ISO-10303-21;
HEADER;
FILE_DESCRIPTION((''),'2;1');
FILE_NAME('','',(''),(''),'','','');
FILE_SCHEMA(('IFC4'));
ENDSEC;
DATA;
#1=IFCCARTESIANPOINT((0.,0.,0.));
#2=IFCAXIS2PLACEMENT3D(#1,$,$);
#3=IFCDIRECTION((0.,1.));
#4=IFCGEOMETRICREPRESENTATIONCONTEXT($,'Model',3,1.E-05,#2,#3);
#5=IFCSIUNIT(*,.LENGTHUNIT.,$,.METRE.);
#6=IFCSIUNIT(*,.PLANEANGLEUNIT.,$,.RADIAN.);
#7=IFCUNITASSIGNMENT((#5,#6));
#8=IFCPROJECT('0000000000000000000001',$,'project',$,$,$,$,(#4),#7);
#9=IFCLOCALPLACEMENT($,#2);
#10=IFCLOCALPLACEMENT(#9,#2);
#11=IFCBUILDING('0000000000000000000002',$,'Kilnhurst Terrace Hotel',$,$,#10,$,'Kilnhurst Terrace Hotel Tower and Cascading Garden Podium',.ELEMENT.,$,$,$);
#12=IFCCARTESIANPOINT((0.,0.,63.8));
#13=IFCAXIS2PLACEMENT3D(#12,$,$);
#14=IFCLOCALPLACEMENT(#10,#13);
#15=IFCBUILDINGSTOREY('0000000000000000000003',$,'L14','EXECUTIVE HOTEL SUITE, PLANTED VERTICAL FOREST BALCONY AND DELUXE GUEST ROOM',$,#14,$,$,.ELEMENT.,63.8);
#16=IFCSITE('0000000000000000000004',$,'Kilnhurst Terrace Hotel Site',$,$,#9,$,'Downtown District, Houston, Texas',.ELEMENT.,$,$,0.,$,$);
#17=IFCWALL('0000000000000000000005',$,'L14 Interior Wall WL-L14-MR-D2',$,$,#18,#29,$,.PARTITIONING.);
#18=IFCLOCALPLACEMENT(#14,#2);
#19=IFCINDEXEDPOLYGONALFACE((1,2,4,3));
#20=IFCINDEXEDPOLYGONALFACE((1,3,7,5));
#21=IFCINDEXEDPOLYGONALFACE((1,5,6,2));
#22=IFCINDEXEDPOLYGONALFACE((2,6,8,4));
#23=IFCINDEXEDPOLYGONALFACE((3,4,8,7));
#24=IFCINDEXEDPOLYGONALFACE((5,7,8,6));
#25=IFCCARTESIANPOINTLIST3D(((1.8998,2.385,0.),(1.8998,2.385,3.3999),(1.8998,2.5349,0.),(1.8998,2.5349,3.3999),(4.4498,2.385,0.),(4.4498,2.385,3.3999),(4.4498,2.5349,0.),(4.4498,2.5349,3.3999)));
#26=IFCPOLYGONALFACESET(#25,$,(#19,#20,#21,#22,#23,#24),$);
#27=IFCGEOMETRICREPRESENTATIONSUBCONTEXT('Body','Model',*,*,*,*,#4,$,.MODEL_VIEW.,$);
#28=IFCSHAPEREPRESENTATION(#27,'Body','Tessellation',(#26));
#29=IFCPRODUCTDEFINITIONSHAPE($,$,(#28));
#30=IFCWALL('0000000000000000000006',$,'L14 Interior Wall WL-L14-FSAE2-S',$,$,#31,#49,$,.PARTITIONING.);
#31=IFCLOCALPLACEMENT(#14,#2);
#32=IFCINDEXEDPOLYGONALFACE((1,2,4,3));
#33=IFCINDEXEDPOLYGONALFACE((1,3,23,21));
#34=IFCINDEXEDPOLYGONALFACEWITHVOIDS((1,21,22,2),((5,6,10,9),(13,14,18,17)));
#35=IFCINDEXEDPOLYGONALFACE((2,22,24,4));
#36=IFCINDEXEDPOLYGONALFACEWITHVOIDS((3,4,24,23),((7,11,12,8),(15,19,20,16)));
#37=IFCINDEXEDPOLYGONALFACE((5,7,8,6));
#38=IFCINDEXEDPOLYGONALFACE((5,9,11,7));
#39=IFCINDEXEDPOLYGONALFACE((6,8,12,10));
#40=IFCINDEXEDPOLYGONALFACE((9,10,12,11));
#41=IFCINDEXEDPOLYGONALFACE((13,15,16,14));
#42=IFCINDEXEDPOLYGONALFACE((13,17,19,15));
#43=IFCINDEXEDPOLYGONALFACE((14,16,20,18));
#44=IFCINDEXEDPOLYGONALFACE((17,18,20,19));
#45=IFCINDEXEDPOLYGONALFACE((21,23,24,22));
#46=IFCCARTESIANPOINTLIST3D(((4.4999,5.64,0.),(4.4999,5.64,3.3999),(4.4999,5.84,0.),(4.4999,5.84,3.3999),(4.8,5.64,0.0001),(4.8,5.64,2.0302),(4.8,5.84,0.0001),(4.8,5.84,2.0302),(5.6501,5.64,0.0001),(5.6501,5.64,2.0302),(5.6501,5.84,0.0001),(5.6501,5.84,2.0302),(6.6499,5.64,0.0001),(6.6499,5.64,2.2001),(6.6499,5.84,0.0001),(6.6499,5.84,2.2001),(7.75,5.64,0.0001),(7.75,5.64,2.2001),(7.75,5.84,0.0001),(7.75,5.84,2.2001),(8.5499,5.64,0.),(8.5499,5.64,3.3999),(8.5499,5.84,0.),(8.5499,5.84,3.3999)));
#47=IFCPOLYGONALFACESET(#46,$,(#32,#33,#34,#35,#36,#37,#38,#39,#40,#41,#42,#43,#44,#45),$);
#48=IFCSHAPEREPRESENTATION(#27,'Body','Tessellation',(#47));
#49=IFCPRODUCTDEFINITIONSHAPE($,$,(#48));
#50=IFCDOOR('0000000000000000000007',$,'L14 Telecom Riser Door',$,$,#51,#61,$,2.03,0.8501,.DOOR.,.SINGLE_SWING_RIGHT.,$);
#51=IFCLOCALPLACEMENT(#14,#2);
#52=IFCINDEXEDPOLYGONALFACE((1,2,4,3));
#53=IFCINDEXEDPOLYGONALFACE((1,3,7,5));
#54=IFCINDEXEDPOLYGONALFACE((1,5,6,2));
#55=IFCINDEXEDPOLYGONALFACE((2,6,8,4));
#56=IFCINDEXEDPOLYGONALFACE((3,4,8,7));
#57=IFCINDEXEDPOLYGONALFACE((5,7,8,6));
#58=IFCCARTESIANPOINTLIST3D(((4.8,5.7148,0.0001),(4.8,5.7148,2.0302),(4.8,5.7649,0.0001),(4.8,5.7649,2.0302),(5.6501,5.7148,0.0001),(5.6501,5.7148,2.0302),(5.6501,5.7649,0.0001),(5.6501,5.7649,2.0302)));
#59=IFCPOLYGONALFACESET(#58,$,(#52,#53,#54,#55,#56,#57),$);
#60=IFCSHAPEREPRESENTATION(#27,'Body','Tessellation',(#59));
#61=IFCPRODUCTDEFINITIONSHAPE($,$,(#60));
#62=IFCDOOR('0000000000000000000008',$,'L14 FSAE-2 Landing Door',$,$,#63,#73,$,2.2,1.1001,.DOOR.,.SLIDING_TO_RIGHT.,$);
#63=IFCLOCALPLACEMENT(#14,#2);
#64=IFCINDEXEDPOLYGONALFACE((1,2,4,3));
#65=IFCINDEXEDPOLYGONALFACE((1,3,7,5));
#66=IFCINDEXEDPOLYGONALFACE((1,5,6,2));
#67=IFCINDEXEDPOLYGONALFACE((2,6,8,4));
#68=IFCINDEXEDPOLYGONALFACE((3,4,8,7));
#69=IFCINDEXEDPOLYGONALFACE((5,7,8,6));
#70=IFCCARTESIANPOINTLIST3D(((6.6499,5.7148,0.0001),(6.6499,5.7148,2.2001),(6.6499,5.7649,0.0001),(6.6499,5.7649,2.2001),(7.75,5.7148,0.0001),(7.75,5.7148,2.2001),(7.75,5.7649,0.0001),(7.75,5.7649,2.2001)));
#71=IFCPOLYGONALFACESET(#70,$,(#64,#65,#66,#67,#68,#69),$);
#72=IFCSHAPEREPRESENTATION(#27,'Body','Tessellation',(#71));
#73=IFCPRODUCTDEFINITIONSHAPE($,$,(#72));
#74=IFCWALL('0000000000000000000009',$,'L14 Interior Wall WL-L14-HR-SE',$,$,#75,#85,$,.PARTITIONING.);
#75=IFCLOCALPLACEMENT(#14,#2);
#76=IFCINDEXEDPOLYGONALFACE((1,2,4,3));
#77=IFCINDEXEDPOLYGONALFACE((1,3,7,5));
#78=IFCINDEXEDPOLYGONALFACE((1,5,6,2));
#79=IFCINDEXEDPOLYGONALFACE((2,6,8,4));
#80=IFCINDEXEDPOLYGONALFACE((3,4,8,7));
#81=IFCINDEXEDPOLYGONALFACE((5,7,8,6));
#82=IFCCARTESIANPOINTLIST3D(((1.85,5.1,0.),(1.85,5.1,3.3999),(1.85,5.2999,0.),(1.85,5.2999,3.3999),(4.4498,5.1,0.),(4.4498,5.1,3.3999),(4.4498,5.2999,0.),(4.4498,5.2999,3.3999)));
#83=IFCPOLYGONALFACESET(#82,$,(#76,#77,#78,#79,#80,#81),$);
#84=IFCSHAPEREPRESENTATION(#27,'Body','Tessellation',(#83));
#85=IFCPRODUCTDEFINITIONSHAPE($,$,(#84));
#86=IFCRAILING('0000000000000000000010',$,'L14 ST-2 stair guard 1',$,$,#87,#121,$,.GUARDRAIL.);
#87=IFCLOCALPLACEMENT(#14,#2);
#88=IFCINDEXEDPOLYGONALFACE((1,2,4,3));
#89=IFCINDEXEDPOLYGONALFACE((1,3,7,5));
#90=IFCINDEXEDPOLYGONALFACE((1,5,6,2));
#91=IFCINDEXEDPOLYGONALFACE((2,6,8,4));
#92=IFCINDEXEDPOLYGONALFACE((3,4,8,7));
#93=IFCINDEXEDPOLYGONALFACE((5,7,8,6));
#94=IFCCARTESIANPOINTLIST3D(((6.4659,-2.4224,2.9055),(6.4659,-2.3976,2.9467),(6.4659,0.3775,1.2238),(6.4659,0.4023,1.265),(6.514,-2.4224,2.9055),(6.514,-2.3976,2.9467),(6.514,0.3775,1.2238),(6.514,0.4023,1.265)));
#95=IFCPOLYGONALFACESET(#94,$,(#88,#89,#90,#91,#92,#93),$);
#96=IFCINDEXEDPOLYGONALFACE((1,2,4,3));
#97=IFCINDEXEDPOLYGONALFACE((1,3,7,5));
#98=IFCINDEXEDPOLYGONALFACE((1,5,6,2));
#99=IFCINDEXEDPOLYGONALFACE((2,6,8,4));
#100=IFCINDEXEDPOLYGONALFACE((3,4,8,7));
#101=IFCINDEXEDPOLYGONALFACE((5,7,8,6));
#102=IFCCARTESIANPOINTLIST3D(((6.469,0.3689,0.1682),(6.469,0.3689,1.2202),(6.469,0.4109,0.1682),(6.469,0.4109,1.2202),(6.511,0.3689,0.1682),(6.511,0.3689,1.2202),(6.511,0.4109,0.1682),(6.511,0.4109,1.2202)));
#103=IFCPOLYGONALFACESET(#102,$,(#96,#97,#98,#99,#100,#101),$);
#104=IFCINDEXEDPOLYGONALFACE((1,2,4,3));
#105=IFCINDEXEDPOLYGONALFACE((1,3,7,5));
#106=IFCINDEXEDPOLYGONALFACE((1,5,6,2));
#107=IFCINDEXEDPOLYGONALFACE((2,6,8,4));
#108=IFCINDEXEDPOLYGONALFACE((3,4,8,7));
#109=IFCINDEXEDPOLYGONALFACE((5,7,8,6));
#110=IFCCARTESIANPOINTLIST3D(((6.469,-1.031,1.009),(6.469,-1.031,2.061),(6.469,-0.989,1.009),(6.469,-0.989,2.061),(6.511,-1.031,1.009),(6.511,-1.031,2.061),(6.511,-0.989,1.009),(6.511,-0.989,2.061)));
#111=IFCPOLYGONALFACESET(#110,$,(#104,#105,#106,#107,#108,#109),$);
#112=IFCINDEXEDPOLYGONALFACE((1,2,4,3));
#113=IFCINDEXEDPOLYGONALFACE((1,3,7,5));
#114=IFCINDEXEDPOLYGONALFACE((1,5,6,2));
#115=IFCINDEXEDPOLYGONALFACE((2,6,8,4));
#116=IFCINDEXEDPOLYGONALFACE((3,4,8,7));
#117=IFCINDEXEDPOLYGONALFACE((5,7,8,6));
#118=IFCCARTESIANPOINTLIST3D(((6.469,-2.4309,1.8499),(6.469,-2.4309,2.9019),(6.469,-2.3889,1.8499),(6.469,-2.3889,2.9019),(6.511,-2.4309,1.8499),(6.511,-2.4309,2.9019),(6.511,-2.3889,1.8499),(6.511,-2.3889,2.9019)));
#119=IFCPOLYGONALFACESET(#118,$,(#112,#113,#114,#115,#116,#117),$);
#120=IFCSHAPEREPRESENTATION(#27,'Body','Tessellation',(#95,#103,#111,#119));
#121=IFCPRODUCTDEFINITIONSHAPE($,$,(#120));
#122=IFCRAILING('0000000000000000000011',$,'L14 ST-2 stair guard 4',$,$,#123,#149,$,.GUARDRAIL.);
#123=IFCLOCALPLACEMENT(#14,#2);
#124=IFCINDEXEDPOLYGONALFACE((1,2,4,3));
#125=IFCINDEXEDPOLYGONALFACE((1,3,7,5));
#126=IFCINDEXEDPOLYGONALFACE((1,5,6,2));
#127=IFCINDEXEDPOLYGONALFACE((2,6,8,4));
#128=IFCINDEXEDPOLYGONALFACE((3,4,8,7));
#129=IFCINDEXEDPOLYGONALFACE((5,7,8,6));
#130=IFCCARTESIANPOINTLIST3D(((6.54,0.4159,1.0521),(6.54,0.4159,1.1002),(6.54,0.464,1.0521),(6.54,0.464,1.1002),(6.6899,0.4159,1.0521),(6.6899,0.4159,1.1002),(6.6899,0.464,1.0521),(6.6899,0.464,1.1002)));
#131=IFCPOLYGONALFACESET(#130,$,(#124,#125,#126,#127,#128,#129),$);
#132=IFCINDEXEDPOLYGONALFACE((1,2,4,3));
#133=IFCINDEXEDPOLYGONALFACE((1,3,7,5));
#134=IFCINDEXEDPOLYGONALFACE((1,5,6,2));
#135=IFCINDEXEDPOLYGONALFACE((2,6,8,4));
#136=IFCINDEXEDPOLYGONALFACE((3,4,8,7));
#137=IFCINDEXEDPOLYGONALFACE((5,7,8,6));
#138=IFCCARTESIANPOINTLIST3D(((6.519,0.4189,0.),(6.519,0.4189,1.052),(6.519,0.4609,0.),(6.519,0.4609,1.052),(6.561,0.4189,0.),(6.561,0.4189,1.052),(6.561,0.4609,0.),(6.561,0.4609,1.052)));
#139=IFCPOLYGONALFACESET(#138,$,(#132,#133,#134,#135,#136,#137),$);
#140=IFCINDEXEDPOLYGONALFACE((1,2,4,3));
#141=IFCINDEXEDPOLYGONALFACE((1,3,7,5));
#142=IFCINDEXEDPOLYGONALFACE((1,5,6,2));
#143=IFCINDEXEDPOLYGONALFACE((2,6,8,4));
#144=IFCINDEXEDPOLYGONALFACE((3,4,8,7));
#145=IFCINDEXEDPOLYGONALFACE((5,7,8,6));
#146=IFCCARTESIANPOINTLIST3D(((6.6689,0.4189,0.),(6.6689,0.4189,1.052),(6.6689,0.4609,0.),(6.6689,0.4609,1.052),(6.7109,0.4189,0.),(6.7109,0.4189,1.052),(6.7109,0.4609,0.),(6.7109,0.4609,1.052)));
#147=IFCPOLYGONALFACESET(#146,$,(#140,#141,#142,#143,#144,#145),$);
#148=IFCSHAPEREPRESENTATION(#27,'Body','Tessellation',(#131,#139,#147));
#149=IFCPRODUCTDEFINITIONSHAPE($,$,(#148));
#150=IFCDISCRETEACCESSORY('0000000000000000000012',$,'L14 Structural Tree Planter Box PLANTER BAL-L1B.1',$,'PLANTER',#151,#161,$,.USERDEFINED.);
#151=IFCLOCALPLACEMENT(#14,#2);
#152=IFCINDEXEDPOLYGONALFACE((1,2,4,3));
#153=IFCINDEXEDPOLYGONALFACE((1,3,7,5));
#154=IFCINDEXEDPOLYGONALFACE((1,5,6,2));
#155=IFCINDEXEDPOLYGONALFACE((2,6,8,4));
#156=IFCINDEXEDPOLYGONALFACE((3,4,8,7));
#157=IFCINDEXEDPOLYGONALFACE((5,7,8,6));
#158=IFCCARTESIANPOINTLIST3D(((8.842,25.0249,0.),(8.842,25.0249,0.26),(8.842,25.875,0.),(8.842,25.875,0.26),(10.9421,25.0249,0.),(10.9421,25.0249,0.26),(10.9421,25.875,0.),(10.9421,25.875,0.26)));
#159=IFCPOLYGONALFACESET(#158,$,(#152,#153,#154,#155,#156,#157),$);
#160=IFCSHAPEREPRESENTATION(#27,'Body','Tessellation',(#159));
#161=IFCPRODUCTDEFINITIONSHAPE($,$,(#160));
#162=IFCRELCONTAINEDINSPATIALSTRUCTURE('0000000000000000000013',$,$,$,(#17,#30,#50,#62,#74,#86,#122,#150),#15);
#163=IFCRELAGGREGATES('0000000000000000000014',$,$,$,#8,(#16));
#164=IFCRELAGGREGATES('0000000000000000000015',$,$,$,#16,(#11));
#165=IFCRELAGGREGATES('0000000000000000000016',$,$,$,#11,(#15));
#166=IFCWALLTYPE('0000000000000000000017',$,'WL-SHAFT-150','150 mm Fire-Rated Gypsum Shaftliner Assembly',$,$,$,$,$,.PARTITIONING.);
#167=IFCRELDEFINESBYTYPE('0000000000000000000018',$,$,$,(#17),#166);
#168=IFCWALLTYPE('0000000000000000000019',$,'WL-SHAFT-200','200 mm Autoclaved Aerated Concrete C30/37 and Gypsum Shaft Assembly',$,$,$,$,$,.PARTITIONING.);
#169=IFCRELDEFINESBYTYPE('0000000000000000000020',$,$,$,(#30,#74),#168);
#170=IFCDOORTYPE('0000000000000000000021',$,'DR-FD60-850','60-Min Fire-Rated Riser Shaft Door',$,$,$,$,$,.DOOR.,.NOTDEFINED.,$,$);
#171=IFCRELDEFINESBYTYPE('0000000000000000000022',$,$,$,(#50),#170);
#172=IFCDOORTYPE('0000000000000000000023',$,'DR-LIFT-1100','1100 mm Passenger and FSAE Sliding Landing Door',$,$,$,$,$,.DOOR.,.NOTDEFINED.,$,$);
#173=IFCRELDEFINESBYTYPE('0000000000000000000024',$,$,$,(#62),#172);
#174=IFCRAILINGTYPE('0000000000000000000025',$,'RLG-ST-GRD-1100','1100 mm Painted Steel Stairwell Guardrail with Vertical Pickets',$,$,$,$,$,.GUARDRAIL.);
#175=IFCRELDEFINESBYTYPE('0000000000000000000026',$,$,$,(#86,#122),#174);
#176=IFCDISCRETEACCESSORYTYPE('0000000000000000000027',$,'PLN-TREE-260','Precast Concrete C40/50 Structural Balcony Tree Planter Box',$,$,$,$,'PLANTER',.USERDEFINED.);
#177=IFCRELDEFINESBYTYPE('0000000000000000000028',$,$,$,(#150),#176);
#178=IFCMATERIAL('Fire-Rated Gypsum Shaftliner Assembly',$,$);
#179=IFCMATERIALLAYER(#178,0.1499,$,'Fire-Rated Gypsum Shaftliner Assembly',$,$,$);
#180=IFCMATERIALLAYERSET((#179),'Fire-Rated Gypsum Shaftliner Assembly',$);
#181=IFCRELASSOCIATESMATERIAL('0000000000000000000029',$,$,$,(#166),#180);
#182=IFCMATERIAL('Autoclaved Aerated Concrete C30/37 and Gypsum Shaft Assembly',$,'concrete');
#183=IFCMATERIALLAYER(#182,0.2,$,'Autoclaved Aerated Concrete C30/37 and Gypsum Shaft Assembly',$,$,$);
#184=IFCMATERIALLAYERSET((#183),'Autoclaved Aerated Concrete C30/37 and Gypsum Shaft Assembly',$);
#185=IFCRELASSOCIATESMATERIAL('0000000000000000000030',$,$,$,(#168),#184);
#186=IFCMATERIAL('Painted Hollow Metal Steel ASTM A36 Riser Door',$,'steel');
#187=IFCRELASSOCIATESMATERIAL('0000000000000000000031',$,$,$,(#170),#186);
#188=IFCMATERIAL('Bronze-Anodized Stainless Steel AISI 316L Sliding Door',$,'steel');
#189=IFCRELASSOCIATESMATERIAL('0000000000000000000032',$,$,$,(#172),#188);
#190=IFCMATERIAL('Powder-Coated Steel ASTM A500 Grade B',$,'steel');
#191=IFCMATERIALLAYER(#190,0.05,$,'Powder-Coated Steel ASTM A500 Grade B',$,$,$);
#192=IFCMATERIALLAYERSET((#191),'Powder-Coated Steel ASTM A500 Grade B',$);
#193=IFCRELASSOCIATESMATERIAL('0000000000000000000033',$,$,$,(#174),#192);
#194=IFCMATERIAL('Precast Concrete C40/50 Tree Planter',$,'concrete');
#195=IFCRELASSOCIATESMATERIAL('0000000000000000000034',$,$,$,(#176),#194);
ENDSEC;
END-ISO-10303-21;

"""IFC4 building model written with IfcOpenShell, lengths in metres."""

from ifc_helpers import new_model, si_unit, direction, frame, frame_2d, origin, origin_2d, place, context, subcontext, project, spatial, rectangle, extrude, material, layer, layer_set, type_object, element, fill, save


model = new_model("IFC4")

# Units and contexts
model_context = context("Model", 3, precision=1e-05, world=origin(), true_north=direction((0.0, 1.0)))
body_context = subcontext(model_context, "Body", "Model", "MODEL_VIEW")
ifc_project = project(units=[si_unit("LENGTHUNIT", "METRE"), si_unit("PLANEANGLEUNIT", "RADIAN")], contexts=[model_context])

# Site, building, storey
site_placement = place(None, origin())
site = spatial("IfcSite", under=ifc_project, at=site_placement, Name="Kilnhurst Terrace Hotel Site", LongName="Downtown District, Houston, Texas", CompositionType="ELEMENT", RefElevation=0.0)
building_placement = place(site_placement, origin())
building = spatial("IfcBuilding", under=site, at=building_placement, Name="Kilnhurst Terrace Hotel", LongName="Kilnhurst Terrace Hotel Tower and Cascading Garden Podium", CompositionType="ELEMENT")
storey_placement = place(building_placement, frame((0.0, 0.0, 63.8)))
storey = spatial("IfcBuildingStorey", under=building, at=storey_placement, Name="L14", Description="EXECUTIVE HOTEL SUITE, PLANTED VERTICAL FOREST BALCONY AND DELUXE GUEST ROOM", CompositionType="ELEMENT", Elevation=63.8)

# Wall
ifc_material_1 = material(Name="Fire-Rated Gypsum Shaftliner Assembly")
ifc_layer_1 = layer(ifc_material_1, 0.1499, Name="Fire-Rated Gypsum Shaftliner Assembly")
ifc_layer_set_1 = layer_set([ifc_layer_1], Name="Fire-Rated Gypsum Shaftliner Assembly")
wall_type_1 = type_object("IfcWallType", Name="WL-SHAFT-150", Description="150 mm Fire-Rated Gypsum Shaftliner Assembly", PredefinedType="PARTITIONING", material=ifc_layer_set_1)
for number, where, z_axis, x_axis, name in (
    (1, (1.8999, 2.46, 0.0), (0.0, 0.0, 1.0), (1.0, 0.0, 0.0), "L14 Interior Wall WL-L14-MR-D2"),
):
    element("IfcWall", number, at=place(storey_placement, frame(where, z_axis=z_axis, x_axis=x_axis)), inside=storey, type_object=wall_type_1, Name=name, PredefinedType="PARTITIONING", context=body_context, shape_type="SweptSolid", body=[
        extrude(rectangle(XDim=2.55, YDim=0.1499, at=frame_2d((1.2749, 0.0))), origin(), (0.0, 0.0, 1.0), 3.3999),
    ])

# Wall, openings, doors
ifc_material_2 = material(Name="Autoclaved Aerated Concrete C30/37 and Gypsum Shaft Assembly", Category="concrete")
ifc_layer_2 = layer(ifc_material_2, 0.2, Name="Autoclaved Aerated Concrete C30/37 and Gypsum Shaft Assembly")
ifc_layer_set_2 = layer_set([ifc_layer_2], Name="Autoclaved Aerated Concrete C30/37 and Gypsum Shaft Assembly")
wall_type_2 = type_object("IfcWallType", Name="WL-SHAFT-200", Description="200 mm Autoclaved Aerated Concrete C30/37 and Gypsum Shaft Assembly", PredefinedType="PARTITIONING", material=ifc_layer_set_2)
wall_1_placement = place(storey_placement, frame((4.5, 5.74, 0.0), z_axis=(0.0, 0.0, 1.0), x_axis=(1.0, 0.0, 0.0)))
wall_1 = element("IfcWall", 2, at=wall_1_placement, inside=storey, type_object=wall_type_2, Name="L14 Interior Wall WL-L14-FSAE2-S", PredefinedType="PARTITIONING", context=body_context, shape_type="SweptSolid", body=[
    extrude(rectangle(XDim=4.05, YDim=0.2, at=frame_2d((2.0249, 0.0))), origin(), (0.0, 0.0, 1.0), 3.3999),
])
opening_1_placement = place(wall_1_placement, frame((0.3, 0.0, 0.0)))
opening_1 = element("IfcOpeningElement", 3, at=opening_1_placement, cuts=wall_1, PredefinedType="OPENING", context=body_context, shape_type="SweptSolid", body=[
    extrude(rectangle(XDim=0.8501, YDim=2.03, at=frame_2d((0.425, 1.0151))), frame((0.0, 0.1099, 0.0), z_axis=(0.0, -1.0, 0.0), x_axis=(1.0, 0.0, 0.0)), (0.0, 0.0, 1.0), 0.22),
])
opening_2_placement = place(wall_1_placement, frame((2.1499, 0.0, 0.0)))
opening_2 = element("IfcOpeningElement", 4, at=opening_2_placement, cuts=wall_1, PredefinedType="OPENING", context=body_context, shape_type="SweptSolid", body=[
    extrude(rectangle(XDim=1.1001, YDim=2.2, at=frame_2d((0.55, 1.1001))), frame((0.0, 0.1099, 0.0), z_axis=(0.0, -1.0, 0.0), x_axis=(1.0, 0.0, 0.0)), (0.0, 0.0, 1.0), 0.22),
])
ifc_material_3 = material(Name="Painted Hollow Metal Steel ASTM A36 Riser Door", Category="steel")
door_type_1 = type_object("IfcDoorType", Name="DR-FD60-850", Description="60-Min Fire-Rated Riser Shaft Door", OperationType="NOTDEFINED", PredefinedType="DOOR", material=ifc_material_3)
door_1_placement = place(opening_1_placement, origin())
door_1 = element("IfcDoor", 5, at=door_1_placement, inside=storey, type_object=door_type_1, Name="L14 Telecom Riser Door", OperationType="SINGLE_SWING_RIGHT", OverallHeight=2.03, OverallWidth=0.8501, PredefinedType="DOOR", context=body_context, shape_type="SweptSolid", body=[
    extrude(rectangle(XDim=0.8501, YDim=2.03, at=frame_2d((0.425, 1.0151))), frame((0.0, 0.0249, 0.0), z_axis=(0.0, -1.0, 0.0), x_axis=(1.0, 0.0, 0.0)), (0.0, 0.0, 1.0), 0.05),
])
fill(opening_1, door_1)
ifc_material_4 = material(Name="Bronze-Anodized Stainless Steel AISI 316L Sliding Door", Category="steel")
door_type_2 = type_object("IfcDoorType", Name="DR-LIFT-1100", Description="1100 mm Passenger and FSAE Sliding Landing Door", OperationType="NOTDEFINED", PredefinedType="DOOR", material=ifc_material_4)
door_2_placement = place(opening_2_placement, origin())
door_2 = element("IfcDoor", 6, at=door_2_placement, inside=storey, type_object=door_type_2, Name="L14 FSAE-2 Landing Door", OperationType="SLIDING_TO_RIGHT", OverallHeight=2.2, OverallWidth=1.1001, PredefinedType="DOOR", context=body_context, shape_type="SweptSolid", body=[
    extrude(rectangle(XDim=1.1001, YDim=2.2, at=frame_2d((0.55, 1.1001))), frame((0.0, 0.0249, 0.0), z_axis=(0.0, -1.0, 0.0), x_axis=(1.0, 0.0, 0.0)), (0.0, 0.0, 1.0), 0.05),
])
fill(opening_2, door_2)

# Wall
wall_2_placement = place(storey_placement, frame((1.8501, 5.2, 0.0), z_axis=(0.0, 0.0, 1.0), x_axis=(1.0, 0.0, 0.0)))
element("IfcWall", 7, at=wall_2_placement, inside=storey, type_object=wall_type_2, Name="L14 Interior Wall WL-L14-HR-SE", PredefinedType="PARTITIONING", context=body_context, shape_type="SweptSolid", body=[
    extrude(rectangle(XDim=2.5999, YDim=0.2, at=frame_2d((1.2998, 0.0))), origin(), (0.0, 0.0, 1.0), 3.3999),
])

# Railings
ifc_material_5 = material(Name="Powder-Coated Steel ASTM A500 Grade B", Category="steel")
ifc_layer_3 = layer(ifc_material_5, 0.05, Name="Powder-Coated Steel ASTM A500 Grade B")
ifc_layer_set_3 = layer_set([ifc_layer_3], Name="Powder-Coated Steel ASTM A500 Grade B")
railing_type = type_object("IfcRailingType", Name="RLG-ST-GRD-1100", Description="1100 mm Painted Steel Stairwell Guardrail with Vertical Pickets", PredefinedType="GUARDRAIL", material=ifc_layer_set_3)
railing_1_placement = place(storey_placement, frame((6.49, 0.3899, 0.1682)))
element("IfcRailing", 8, at=railing_1_placement, inside=storey, type_object=railing_type, Name="L14 ST-2 stair guard 1", PredefinedType="GUARDRAIL", context=body_context, shape_type="SweptSolid", body=[
    extrude(rectangle(XDim=0.0481, YDim=0.0481, at=origin_2d()), frame((0.0, 0.0, 1.0762), z_axis=(0.0, -0.857255, 0.514891), x_axis=(1.0, 0.0, 0.0)), (0.0, 0.0, 1.0), 3.2661),
    extrude(rectangle(XDim=0.042, YDim=0.042, at=origin_2d()), origin(), (0.0, 0.0, 1.0), 1.052),
    extrude(rectangle(XDim=0.042, YDim=0.042, at=origin_2d()), frame((0.0, -1.3999, 0.8408)), (0.0, 0.0, 1.0), 1.052),
    extrude(rectangle(XDim=0.042, YDim=0.042, at=origin_2d()), frame((0.0, -2.7998, 1.6816)), (0.0, 0.0, 1.0), 1.052),
])
railing_2_placement = place(storey_placement, frame((6.54, 0.4399, 0.0)))
element("IfcRailing", 9, at=railing_2_placement, inside=storey, type_object=railing_type, Name="L14 ST-2 stair guard 4", PredefinedType="GUARDRAIL", context=body_context, shape_type="SweptSolid", body=[
    extrude(rectangle(XDim=0.0481, YDim=0.0481, at=origin_2d()), frame((0.0, 0.0, 1.0762), z_axis=(1.0, 0.0, 0.0), x_axis=(0.0, 1.0, 0.0)), (0.0, 0.0, 1.0), 0.1499),
    extrude(rectangle(XDim=0.042, YDim=0.042, at=origin_2d()), origin(), (0.0, 0.0, 1.0), 1.052),
    extrude(rectangle(XDim=0.042, YDim=0.042, at=origin_2d()), frame((0.1499, 0.0, 0.0)), (0.0, 0.0, 1.0), 1.052),
])

# Discrete accessory
ifc_material_6 = material(Name="Precast Concrete C40/50 Tree Planter", Category="concrete")
discrete_accessory_type = type_object("IfcDiscreteAccessoryType", Name="PLN-TREE-260", Description="Precast Concrete C40/50 Structural Balcony Tree Planter Box", ElementType="PLANTER", PredefinedType="USERDEFINED", material=ifc_material_6)
discrete_accessory_placement = place(storey_placement, frame((9.8921, 25.45, 0.0), z_axis=(0.0, 0.0, 1.0), x_axis=(-1.0, 0.0, 0.0)))
element("IfcDiscreteAccessory", 10, at=discrete_accessory_placement, inside=storey, type_object=discrete_accessory_type, Name="L14 Structural Tree Planter Box PLANTER BAL-L1B.1", ObjectType="PLANTER", PredefinedType="USERDEFINED", context=body_context, shape_type="SweptSolid", body=[
    extrude(rectangle(XDim=2.1001, YDim=0.8501, at=origin_2d()), origin(), (0.0, 0.0, 1.0), 0.26),
])

save(model, "model.ifc")
